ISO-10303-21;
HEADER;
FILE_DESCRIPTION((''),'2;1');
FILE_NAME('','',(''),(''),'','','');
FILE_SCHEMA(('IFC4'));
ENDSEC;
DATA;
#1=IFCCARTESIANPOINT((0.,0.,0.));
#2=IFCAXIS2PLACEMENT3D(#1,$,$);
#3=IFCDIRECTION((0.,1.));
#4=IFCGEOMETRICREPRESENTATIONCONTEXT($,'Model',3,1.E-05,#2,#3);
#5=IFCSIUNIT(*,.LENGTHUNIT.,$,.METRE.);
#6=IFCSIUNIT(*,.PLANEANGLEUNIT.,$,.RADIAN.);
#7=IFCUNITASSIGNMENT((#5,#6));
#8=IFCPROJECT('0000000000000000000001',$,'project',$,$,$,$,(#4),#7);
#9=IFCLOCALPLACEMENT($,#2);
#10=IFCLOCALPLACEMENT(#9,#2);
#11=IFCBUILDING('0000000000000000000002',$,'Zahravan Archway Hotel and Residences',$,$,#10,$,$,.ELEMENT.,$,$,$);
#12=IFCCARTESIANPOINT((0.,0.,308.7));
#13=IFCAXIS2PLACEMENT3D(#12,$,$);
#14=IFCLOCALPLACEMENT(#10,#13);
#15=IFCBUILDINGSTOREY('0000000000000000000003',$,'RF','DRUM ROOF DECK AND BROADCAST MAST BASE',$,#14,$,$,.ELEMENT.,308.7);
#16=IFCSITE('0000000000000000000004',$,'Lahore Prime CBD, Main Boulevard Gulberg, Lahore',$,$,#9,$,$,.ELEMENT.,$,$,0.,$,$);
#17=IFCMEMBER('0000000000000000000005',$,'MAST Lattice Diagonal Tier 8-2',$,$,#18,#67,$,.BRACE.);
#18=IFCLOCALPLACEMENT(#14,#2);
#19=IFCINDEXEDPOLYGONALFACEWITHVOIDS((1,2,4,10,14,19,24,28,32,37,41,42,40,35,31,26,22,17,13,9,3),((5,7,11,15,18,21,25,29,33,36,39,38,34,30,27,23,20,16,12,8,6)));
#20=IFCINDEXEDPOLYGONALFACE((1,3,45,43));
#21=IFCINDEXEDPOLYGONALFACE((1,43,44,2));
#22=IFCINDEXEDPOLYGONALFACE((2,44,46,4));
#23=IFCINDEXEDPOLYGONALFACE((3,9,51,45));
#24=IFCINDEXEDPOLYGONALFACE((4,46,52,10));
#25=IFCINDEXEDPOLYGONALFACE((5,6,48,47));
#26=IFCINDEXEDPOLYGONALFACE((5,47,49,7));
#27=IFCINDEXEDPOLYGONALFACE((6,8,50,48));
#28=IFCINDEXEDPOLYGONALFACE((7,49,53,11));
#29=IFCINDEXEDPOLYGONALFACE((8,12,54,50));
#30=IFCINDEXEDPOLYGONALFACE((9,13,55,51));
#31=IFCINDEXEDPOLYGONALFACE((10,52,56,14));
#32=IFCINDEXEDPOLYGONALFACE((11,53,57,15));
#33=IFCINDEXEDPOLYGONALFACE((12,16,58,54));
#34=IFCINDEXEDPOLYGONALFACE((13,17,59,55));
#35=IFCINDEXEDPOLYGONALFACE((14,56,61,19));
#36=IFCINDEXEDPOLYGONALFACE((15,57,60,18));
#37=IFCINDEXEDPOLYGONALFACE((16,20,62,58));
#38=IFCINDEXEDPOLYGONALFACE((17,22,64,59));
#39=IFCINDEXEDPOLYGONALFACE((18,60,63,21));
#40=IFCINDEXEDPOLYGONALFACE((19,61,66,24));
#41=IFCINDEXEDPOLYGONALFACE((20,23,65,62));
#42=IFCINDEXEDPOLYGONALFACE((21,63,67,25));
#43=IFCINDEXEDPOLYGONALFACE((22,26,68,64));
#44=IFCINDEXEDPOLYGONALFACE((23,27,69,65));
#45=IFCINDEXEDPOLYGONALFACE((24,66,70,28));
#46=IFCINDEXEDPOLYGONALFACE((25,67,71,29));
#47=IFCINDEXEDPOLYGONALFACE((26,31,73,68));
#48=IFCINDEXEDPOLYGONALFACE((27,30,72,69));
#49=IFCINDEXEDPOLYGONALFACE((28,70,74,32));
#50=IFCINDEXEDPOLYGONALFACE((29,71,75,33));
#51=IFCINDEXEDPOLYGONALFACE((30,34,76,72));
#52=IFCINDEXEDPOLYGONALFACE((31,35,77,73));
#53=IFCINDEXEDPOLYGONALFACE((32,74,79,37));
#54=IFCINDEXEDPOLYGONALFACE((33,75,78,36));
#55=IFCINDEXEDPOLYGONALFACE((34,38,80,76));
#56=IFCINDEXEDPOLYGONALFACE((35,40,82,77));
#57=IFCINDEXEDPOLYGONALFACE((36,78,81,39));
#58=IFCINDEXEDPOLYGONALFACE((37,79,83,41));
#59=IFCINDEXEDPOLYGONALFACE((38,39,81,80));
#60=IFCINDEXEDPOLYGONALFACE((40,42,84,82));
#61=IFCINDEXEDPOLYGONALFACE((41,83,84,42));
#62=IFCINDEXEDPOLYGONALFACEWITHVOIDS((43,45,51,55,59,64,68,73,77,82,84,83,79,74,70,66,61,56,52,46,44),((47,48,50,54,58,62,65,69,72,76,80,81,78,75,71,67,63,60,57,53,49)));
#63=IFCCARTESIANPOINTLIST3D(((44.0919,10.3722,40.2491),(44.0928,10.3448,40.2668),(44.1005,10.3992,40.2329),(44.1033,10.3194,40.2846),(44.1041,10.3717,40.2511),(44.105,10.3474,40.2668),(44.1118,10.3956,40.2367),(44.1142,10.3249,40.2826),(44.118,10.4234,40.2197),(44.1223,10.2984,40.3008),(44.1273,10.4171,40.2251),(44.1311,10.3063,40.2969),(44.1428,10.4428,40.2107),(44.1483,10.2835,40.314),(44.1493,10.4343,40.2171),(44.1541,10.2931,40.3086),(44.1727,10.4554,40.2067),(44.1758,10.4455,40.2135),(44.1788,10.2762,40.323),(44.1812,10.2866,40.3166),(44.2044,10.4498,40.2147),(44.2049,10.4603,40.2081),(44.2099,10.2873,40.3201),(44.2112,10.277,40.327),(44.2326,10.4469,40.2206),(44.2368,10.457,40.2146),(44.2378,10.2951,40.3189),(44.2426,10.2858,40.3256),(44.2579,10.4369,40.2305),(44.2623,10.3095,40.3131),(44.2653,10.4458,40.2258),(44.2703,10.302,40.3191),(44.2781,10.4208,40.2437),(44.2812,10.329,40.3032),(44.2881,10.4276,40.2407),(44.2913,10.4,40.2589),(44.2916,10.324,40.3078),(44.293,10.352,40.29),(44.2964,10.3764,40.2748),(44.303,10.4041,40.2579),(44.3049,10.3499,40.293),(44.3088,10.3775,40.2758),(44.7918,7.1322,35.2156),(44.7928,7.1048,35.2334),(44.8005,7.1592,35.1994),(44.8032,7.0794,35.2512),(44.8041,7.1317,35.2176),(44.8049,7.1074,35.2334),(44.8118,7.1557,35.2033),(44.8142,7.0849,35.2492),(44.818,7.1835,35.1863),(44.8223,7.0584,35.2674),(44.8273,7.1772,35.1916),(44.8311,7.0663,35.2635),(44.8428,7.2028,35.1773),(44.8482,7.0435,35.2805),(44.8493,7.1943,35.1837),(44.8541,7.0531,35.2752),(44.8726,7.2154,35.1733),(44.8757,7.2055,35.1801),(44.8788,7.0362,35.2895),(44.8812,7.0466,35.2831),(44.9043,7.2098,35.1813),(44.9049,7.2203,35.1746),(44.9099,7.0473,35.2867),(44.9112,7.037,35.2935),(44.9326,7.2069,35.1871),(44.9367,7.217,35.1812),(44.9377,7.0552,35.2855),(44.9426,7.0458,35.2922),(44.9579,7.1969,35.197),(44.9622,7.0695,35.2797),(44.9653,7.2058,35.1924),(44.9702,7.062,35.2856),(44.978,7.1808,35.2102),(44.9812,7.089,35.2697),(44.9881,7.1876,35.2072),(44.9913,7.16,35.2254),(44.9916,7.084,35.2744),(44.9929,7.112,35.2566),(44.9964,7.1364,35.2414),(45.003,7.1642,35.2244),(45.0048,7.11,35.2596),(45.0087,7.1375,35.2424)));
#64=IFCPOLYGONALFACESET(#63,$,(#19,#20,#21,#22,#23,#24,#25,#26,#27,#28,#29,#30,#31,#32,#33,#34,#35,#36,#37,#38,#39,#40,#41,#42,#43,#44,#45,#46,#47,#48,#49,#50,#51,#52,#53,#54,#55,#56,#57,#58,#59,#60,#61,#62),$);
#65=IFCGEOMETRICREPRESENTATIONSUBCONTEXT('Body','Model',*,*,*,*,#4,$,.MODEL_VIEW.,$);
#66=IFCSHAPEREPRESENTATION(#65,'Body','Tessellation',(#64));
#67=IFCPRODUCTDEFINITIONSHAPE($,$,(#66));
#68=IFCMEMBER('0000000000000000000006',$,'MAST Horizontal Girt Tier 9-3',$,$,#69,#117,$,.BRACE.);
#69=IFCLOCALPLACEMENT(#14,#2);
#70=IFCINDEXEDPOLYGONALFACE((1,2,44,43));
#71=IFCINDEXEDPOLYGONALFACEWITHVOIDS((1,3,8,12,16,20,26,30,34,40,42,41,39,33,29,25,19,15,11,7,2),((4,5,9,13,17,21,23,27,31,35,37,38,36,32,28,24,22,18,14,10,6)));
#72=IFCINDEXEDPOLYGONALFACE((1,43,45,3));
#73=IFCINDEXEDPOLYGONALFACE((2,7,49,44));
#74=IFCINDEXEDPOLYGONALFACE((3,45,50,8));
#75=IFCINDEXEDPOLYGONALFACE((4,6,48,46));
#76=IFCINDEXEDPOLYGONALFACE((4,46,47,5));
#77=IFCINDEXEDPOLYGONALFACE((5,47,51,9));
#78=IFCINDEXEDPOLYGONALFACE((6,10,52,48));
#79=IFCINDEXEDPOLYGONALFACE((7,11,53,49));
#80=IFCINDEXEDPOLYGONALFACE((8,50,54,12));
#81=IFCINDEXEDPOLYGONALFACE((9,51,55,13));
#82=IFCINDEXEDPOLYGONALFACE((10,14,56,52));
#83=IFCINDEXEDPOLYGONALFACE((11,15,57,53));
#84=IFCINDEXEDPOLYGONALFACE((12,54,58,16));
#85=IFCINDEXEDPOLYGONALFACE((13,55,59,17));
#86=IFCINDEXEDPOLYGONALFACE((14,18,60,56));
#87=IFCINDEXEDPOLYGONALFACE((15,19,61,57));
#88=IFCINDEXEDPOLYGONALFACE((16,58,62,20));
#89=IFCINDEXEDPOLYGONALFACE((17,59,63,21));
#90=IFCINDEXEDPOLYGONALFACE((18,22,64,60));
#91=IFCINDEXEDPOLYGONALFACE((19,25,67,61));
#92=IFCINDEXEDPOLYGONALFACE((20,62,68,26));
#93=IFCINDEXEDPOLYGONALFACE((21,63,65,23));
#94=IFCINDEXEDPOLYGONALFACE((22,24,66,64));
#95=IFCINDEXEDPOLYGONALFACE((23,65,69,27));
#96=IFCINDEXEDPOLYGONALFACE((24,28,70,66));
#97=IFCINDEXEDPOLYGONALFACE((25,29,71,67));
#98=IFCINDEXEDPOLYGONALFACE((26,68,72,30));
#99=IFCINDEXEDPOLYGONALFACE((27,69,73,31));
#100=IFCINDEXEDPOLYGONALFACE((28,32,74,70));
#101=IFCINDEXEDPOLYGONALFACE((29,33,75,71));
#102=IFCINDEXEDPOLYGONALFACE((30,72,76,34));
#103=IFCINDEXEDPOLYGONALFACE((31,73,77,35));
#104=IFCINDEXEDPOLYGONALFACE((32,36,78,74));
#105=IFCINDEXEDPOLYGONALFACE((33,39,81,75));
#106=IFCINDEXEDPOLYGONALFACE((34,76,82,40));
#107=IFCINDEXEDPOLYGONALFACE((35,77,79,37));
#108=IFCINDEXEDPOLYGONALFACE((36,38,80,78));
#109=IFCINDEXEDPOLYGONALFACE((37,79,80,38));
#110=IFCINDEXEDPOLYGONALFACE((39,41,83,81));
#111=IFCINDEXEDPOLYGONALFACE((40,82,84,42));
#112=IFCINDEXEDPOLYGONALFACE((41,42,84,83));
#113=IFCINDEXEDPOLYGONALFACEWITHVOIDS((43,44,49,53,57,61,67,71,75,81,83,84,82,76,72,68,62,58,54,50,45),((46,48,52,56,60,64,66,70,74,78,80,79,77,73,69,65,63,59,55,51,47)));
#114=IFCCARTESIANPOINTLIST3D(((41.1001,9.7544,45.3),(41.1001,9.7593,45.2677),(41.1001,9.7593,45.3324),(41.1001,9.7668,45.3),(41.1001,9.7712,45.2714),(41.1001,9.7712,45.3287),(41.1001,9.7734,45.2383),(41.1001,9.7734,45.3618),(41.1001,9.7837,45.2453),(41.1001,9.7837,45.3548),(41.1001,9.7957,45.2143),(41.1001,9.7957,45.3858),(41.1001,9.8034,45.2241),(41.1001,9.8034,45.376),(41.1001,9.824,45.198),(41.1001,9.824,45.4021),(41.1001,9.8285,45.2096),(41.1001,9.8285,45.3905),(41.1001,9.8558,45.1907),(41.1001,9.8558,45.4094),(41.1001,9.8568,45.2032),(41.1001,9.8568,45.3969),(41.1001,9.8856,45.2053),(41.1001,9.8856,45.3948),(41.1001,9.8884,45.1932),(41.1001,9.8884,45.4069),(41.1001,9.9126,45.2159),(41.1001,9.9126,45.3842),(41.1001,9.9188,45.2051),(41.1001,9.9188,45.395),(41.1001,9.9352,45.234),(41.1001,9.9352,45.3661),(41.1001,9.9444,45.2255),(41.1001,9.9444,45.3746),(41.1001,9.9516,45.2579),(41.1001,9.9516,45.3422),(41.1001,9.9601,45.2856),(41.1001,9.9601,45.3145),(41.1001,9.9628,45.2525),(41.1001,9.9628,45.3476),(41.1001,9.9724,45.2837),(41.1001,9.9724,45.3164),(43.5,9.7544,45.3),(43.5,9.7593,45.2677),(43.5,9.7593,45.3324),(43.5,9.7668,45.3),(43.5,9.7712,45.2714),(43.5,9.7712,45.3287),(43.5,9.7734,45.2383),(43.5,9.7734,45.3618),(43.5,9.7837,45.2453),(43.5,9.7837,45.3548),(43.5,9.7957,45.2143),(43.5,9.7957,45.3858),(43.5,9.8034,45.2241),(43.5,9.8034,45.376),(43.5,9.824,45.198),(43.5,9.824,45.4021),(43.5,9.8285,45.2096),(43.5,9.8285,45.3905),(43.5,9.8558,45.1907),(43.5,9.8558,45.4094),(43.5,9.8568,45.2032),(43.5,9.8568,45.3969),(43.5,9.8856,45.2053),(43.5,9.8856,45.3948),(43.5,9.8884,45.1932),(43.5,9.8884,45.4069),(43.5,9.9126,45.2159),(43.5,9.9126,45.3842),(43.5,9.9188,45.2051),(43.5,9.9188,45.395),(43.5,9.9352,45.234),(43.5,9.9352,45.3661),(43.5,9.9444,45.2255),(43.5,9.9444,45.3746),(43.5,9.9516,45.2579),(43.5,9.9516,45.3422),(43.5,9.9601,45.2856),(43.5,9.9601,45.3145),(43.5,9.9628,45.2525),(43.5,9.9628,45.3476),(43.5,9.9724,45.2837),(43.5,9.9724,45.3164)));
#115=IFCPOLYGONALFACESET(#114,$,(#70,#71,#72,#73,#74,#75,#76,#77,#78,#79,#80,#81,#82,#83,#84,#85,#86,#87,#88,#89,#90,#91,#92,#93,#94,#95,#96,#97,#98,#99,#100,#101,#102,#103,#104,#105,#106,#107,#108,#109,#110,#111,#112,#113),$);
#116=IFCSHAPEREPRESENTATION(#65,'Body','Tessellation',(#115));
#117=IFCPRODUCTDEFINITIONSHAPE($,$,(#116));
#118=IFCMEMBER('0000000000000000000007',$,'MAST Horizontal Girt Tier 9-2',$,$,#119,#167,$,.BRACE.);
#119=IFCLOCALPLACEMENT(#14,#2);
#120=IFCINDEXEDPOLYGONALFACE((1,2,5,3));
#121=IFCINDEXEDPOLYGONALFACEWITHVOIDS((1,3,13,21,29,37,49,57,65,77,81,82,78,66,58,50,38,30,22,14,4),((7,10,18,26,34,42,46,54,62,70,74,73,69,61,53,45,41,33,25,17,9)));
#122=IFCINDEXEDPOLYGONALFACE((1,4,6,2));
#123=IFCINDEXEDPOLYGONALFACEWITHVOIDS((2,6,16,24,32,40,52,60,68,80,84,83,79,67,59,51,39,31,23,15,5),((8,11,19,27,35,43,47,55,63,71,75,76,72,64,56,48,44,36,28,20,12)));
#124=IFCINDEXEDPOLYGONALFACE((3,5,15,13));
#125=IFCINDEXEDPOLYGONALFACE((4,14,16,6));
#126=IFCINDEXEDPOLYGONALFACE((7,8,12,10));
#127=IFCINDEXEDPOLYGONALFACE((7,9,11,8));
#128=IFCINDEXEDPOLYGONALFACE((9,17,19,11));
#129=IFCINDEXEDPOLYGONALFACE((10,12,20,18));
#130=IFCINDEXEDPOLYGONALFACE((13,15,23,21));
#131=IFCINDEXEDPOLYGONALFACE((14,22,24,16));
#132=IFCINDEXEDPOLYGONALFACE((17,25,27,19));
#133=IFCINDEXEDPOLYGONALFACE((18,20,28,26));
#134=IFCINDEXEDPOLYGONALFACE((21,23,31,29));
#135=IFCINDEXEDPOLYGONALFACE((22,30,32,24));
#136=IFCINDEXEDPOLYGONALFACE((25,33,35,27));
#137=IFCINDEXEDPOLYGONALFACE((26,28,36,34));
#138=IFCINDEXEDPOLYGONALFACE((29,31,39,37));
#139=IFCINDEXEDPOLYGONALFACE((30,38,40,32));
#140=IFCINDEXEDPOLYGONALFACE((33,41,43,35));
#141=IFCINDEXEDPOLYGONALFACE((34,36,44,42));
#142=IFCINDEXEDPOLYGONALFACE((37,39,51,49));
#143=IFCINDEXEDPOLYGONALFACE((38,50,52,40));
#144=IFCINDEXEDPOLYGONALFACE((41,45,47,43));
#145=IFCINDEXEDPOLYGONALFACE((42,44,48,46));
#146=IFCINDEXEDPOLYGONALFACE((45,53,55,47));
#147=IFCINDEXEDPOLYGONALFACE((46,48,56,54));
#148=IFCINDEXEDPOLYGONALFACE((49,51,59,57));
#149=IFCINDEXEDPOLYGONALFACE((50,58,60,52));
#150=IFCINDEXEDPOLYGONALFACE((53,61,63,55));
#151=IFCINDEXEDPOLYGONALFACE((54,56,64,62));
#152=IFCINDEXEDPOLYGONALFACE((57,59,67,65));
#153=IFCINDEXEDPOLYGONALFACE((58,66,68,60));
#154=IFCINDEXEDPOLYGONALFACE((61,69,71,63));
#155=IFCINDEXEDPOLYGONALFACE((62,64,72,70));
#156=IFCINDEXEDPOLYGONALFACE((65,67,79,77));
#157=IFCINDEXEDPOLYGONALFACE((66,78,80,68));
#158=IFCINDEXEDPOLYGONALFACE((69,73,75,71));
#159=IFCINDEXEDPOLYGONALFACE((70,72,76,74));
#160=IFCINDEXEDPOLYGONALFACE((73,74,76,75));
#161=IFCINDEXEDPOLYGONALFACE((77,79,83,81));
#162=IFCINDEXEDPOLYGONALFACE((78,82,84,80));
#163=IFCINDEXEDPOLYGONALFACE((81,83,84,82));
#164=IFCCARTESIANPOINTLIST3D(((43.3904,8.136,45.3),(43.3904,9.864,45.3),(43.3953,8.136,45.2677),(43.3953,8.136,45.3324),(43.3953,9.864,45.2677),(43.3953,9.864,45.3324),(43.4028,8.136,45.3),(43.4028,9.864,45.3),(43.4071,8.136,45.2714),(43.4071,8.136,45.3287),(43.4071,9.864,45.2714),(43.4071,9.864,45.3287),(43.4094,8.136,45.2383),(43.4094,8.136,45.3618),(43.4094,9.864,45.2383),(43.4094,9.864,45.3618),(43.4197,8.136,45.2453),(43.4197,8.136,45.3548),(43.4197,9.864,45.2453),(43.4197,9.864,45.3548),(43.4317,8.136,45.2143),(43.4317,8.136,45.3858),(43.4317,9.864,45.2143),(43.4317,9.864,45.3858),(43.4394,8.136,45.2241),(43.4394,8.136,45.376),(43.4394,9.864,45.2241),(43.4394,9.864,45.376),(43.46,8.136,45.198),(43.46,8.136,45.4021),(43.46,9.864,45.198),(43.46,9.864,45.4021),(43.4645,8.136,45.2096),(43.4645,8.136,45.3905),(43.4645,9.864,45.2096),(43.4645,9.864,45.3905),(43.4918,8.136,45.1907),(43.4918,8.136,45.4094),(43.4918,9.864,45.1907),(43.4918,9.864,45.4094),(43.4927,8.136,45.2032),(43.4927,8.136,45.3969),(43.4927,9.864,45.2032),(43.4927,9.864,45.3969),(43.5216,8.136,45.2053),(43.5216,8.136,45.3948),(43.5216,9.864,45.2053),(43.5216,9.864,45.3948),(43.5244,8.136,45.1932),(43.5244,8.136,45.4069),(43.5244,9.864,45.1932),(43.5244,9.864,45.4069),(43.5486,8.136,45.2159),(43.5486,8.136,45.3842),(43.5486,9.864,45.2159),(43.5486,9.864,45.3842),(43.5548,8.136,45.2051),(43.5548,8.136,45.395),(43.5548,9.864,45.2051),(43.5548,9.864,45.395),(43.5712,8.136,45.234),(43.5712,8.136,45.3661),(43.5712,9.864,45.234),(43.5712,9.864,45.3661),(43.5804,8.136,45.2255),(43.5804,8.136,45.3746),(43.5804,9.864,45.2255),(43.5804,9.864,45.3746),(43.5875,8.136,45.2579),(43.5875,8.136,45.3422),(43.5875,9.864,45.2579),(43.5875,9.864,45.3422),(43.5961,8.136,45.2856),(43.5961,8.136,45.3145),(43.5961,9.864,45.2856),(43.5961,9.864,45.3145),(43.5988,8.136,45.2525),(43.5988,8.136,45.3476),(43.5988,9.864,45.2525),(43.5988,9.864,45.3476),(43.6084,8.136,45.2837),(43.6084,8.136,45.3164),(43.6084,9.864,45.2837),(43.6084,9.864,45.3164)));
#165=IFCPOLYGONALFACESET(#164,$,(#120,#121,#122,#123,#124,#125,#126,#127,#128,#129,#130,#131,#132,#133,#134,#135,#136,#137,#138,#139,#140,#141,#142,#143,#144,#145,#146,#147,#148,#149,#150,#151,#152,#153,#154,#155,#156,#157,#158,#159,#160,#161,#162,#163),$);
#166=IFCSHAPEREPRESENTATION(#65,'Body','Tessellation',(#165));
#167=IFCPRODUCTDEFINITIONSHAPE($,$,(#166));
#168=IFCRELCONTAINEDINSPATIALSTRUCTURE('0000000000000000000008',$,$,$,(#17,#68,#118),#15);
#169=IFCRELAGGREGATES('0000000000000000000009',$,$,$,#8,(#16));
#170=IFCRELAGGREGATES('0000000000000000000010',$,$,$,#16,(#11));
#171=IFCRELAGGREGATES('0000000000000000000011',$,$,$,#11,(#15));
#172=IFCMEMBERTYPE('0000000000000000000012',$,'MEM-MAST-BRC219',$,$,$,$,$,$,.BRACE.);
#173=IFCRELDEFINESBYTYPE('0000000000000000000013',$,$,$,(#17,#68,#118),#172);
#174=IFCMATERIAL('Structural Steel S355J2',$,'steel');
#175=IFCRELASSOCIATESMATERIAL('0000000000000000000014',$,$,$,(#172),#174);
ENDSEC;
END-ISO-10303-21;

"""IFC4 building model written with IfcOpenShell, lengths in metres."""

from ifc_helpers import new_model, si_unit, direction, frame, origin, origin_2d, place, context, subcontext, project, spatial, hollow_circle, extrude, source, transform, mapped, material, material_profile, profile_set, type_object, element, save


model = new_model("IFC4")

# Units and contexts
model_context = context("Model", 3, precision=1e-05, world=origin(), true_north=direction((0.0, 1.0)))
body_context = subcontext(model_context, "Body", "Model", "MODEL_VIEW")
ifc_project = project(units=[si_unit("LENGTHUNIT", "METRE"), si_unit("PLANEANGLEUNIT", "RADIAN")], contexts=[model_context])

# Site, building, storey
site_placement = place(None, origin())
site = spatial("IfcSite", under=ifc_project, at=site_placement, Name="Lahore Prime CBD, Main Boulevard Gulberg, Lahore", CompositionType="ELEMENT", RefElevation=0.0)
building_placement = place(site_placement, origin())
building = spatial("IfcBuilding", under=site, at=building_placement, Name="Zahravan Archway Hotel and Residences", CompositionType="ELEMENT")
storey_placement = place(building_placement, frame((0.0, 0.0, 308.7)))
storey = spatial("IfcBuildingStorey", under=building, at=storey_placement, Name="RF", Description="DRUM ROOF DECK AND BROADCAST MAST BASE", CompositionType="ELEMENT", Elevation=308.7)

# Members
ifc_material_1 = material(Name="Structural Steel S355J2", Category="steel")
ifc_material_profile_1 = material_profile(ifc_material_1, hollow_circle(Radius=0.1096, WallThickness=0.0125, at=origin_2d()), Name="CHS 219.1x12.5", Category="steel")
ifc_profile_set_1 = profile_set([ifc_material_profile_1], Name="Structural Steel S355J2")
member_type_1 = type_object("IfcMemberType", Name="MEM-MAST-BRC219", PredefinedType="BRACE", material=ifc_profile_set_1)
shared_shape_1 = source(origin(), body_context, "Body", "SweptSolid", [
    extrude(hollow_circle(Radius=0.1096, WallThickness=0.0125, at=origin_2d()), origin(), (0.0, 0.0, 1.0), 6.0269),
])
member_1_placement = place(storey_placement, frame((44.8999, 7.1279, 35.2334), z_axis=(-0.116139, 0.537592, 0.835169), x_axis=(-0.977451, -0.211164, 0.0)))
element("IfcMember", 1, at=member_1_placement, inside=storey, type_object=member_type_1, Name="MAST Lattice Diagonal Tier 8-2", PredefinedType="BRACE", context=body_context, shape_type="MappedRepresentation", body=[
    mapped(shared_shape_1, transform((0.0, 0.0, 0.0), scale=1.0)),
])
shared_shape_2 = source(origin(), body_context, "Body", "SweptSolid", [
    extrude(hollow_circle(Radius=0.1096, WallThickness=0.0125, at=origin_2d()), origin(), (0.0, 0.0, 1.0), 2.3999),
])
member_2_placement = place(storey_placement, frame((43.5, 9.864, 45.3), z_axis=(-1.0, 0.0, 0.0), x_axis=(0.0, -1.0, 0.0)))
element("IfcMember", 2, at=member_2_placement, inside=storey, type_object=member_type_1, Name="MAST Horizontal Girt Tier 9-3", PredefinedType="BRACE", context=body_context, shape_type="MappedRepresentation", body=[
    mapped(shared_shape_2, transform((0.0, 0.0, 0.0), scale=1.0)),
])
shared_shape_3 = source(origin(), body_context, "Body", "SweptSolid", [
    extrude(hollow_circle(Radius=0.1096, WallThickness=0.0125, at=origin_2d()), origin(), (0.0, 0.0, 1.0), 1.728),
])
member_3_placement = place(storey_placement, frame((43.5, 8.136, 45.3), z_axis=(0.0, 1.0, 0.0), x_axis=(-1.0, 0.0, 0.0)))
element("IfcMember", 3, at=member_3_placement, inside=storey, type_object=member_type_1, Name="MAST Horizontal Girt Tier 9-2", PredefinedType="BRACE", context=body_context, shape_type="MappedRepresentation", body=[
    mapped(shared_shape_3, transform((0.0, 0.0, 0.0), scale=1.0)),
])

save(model, "model.ifc")
